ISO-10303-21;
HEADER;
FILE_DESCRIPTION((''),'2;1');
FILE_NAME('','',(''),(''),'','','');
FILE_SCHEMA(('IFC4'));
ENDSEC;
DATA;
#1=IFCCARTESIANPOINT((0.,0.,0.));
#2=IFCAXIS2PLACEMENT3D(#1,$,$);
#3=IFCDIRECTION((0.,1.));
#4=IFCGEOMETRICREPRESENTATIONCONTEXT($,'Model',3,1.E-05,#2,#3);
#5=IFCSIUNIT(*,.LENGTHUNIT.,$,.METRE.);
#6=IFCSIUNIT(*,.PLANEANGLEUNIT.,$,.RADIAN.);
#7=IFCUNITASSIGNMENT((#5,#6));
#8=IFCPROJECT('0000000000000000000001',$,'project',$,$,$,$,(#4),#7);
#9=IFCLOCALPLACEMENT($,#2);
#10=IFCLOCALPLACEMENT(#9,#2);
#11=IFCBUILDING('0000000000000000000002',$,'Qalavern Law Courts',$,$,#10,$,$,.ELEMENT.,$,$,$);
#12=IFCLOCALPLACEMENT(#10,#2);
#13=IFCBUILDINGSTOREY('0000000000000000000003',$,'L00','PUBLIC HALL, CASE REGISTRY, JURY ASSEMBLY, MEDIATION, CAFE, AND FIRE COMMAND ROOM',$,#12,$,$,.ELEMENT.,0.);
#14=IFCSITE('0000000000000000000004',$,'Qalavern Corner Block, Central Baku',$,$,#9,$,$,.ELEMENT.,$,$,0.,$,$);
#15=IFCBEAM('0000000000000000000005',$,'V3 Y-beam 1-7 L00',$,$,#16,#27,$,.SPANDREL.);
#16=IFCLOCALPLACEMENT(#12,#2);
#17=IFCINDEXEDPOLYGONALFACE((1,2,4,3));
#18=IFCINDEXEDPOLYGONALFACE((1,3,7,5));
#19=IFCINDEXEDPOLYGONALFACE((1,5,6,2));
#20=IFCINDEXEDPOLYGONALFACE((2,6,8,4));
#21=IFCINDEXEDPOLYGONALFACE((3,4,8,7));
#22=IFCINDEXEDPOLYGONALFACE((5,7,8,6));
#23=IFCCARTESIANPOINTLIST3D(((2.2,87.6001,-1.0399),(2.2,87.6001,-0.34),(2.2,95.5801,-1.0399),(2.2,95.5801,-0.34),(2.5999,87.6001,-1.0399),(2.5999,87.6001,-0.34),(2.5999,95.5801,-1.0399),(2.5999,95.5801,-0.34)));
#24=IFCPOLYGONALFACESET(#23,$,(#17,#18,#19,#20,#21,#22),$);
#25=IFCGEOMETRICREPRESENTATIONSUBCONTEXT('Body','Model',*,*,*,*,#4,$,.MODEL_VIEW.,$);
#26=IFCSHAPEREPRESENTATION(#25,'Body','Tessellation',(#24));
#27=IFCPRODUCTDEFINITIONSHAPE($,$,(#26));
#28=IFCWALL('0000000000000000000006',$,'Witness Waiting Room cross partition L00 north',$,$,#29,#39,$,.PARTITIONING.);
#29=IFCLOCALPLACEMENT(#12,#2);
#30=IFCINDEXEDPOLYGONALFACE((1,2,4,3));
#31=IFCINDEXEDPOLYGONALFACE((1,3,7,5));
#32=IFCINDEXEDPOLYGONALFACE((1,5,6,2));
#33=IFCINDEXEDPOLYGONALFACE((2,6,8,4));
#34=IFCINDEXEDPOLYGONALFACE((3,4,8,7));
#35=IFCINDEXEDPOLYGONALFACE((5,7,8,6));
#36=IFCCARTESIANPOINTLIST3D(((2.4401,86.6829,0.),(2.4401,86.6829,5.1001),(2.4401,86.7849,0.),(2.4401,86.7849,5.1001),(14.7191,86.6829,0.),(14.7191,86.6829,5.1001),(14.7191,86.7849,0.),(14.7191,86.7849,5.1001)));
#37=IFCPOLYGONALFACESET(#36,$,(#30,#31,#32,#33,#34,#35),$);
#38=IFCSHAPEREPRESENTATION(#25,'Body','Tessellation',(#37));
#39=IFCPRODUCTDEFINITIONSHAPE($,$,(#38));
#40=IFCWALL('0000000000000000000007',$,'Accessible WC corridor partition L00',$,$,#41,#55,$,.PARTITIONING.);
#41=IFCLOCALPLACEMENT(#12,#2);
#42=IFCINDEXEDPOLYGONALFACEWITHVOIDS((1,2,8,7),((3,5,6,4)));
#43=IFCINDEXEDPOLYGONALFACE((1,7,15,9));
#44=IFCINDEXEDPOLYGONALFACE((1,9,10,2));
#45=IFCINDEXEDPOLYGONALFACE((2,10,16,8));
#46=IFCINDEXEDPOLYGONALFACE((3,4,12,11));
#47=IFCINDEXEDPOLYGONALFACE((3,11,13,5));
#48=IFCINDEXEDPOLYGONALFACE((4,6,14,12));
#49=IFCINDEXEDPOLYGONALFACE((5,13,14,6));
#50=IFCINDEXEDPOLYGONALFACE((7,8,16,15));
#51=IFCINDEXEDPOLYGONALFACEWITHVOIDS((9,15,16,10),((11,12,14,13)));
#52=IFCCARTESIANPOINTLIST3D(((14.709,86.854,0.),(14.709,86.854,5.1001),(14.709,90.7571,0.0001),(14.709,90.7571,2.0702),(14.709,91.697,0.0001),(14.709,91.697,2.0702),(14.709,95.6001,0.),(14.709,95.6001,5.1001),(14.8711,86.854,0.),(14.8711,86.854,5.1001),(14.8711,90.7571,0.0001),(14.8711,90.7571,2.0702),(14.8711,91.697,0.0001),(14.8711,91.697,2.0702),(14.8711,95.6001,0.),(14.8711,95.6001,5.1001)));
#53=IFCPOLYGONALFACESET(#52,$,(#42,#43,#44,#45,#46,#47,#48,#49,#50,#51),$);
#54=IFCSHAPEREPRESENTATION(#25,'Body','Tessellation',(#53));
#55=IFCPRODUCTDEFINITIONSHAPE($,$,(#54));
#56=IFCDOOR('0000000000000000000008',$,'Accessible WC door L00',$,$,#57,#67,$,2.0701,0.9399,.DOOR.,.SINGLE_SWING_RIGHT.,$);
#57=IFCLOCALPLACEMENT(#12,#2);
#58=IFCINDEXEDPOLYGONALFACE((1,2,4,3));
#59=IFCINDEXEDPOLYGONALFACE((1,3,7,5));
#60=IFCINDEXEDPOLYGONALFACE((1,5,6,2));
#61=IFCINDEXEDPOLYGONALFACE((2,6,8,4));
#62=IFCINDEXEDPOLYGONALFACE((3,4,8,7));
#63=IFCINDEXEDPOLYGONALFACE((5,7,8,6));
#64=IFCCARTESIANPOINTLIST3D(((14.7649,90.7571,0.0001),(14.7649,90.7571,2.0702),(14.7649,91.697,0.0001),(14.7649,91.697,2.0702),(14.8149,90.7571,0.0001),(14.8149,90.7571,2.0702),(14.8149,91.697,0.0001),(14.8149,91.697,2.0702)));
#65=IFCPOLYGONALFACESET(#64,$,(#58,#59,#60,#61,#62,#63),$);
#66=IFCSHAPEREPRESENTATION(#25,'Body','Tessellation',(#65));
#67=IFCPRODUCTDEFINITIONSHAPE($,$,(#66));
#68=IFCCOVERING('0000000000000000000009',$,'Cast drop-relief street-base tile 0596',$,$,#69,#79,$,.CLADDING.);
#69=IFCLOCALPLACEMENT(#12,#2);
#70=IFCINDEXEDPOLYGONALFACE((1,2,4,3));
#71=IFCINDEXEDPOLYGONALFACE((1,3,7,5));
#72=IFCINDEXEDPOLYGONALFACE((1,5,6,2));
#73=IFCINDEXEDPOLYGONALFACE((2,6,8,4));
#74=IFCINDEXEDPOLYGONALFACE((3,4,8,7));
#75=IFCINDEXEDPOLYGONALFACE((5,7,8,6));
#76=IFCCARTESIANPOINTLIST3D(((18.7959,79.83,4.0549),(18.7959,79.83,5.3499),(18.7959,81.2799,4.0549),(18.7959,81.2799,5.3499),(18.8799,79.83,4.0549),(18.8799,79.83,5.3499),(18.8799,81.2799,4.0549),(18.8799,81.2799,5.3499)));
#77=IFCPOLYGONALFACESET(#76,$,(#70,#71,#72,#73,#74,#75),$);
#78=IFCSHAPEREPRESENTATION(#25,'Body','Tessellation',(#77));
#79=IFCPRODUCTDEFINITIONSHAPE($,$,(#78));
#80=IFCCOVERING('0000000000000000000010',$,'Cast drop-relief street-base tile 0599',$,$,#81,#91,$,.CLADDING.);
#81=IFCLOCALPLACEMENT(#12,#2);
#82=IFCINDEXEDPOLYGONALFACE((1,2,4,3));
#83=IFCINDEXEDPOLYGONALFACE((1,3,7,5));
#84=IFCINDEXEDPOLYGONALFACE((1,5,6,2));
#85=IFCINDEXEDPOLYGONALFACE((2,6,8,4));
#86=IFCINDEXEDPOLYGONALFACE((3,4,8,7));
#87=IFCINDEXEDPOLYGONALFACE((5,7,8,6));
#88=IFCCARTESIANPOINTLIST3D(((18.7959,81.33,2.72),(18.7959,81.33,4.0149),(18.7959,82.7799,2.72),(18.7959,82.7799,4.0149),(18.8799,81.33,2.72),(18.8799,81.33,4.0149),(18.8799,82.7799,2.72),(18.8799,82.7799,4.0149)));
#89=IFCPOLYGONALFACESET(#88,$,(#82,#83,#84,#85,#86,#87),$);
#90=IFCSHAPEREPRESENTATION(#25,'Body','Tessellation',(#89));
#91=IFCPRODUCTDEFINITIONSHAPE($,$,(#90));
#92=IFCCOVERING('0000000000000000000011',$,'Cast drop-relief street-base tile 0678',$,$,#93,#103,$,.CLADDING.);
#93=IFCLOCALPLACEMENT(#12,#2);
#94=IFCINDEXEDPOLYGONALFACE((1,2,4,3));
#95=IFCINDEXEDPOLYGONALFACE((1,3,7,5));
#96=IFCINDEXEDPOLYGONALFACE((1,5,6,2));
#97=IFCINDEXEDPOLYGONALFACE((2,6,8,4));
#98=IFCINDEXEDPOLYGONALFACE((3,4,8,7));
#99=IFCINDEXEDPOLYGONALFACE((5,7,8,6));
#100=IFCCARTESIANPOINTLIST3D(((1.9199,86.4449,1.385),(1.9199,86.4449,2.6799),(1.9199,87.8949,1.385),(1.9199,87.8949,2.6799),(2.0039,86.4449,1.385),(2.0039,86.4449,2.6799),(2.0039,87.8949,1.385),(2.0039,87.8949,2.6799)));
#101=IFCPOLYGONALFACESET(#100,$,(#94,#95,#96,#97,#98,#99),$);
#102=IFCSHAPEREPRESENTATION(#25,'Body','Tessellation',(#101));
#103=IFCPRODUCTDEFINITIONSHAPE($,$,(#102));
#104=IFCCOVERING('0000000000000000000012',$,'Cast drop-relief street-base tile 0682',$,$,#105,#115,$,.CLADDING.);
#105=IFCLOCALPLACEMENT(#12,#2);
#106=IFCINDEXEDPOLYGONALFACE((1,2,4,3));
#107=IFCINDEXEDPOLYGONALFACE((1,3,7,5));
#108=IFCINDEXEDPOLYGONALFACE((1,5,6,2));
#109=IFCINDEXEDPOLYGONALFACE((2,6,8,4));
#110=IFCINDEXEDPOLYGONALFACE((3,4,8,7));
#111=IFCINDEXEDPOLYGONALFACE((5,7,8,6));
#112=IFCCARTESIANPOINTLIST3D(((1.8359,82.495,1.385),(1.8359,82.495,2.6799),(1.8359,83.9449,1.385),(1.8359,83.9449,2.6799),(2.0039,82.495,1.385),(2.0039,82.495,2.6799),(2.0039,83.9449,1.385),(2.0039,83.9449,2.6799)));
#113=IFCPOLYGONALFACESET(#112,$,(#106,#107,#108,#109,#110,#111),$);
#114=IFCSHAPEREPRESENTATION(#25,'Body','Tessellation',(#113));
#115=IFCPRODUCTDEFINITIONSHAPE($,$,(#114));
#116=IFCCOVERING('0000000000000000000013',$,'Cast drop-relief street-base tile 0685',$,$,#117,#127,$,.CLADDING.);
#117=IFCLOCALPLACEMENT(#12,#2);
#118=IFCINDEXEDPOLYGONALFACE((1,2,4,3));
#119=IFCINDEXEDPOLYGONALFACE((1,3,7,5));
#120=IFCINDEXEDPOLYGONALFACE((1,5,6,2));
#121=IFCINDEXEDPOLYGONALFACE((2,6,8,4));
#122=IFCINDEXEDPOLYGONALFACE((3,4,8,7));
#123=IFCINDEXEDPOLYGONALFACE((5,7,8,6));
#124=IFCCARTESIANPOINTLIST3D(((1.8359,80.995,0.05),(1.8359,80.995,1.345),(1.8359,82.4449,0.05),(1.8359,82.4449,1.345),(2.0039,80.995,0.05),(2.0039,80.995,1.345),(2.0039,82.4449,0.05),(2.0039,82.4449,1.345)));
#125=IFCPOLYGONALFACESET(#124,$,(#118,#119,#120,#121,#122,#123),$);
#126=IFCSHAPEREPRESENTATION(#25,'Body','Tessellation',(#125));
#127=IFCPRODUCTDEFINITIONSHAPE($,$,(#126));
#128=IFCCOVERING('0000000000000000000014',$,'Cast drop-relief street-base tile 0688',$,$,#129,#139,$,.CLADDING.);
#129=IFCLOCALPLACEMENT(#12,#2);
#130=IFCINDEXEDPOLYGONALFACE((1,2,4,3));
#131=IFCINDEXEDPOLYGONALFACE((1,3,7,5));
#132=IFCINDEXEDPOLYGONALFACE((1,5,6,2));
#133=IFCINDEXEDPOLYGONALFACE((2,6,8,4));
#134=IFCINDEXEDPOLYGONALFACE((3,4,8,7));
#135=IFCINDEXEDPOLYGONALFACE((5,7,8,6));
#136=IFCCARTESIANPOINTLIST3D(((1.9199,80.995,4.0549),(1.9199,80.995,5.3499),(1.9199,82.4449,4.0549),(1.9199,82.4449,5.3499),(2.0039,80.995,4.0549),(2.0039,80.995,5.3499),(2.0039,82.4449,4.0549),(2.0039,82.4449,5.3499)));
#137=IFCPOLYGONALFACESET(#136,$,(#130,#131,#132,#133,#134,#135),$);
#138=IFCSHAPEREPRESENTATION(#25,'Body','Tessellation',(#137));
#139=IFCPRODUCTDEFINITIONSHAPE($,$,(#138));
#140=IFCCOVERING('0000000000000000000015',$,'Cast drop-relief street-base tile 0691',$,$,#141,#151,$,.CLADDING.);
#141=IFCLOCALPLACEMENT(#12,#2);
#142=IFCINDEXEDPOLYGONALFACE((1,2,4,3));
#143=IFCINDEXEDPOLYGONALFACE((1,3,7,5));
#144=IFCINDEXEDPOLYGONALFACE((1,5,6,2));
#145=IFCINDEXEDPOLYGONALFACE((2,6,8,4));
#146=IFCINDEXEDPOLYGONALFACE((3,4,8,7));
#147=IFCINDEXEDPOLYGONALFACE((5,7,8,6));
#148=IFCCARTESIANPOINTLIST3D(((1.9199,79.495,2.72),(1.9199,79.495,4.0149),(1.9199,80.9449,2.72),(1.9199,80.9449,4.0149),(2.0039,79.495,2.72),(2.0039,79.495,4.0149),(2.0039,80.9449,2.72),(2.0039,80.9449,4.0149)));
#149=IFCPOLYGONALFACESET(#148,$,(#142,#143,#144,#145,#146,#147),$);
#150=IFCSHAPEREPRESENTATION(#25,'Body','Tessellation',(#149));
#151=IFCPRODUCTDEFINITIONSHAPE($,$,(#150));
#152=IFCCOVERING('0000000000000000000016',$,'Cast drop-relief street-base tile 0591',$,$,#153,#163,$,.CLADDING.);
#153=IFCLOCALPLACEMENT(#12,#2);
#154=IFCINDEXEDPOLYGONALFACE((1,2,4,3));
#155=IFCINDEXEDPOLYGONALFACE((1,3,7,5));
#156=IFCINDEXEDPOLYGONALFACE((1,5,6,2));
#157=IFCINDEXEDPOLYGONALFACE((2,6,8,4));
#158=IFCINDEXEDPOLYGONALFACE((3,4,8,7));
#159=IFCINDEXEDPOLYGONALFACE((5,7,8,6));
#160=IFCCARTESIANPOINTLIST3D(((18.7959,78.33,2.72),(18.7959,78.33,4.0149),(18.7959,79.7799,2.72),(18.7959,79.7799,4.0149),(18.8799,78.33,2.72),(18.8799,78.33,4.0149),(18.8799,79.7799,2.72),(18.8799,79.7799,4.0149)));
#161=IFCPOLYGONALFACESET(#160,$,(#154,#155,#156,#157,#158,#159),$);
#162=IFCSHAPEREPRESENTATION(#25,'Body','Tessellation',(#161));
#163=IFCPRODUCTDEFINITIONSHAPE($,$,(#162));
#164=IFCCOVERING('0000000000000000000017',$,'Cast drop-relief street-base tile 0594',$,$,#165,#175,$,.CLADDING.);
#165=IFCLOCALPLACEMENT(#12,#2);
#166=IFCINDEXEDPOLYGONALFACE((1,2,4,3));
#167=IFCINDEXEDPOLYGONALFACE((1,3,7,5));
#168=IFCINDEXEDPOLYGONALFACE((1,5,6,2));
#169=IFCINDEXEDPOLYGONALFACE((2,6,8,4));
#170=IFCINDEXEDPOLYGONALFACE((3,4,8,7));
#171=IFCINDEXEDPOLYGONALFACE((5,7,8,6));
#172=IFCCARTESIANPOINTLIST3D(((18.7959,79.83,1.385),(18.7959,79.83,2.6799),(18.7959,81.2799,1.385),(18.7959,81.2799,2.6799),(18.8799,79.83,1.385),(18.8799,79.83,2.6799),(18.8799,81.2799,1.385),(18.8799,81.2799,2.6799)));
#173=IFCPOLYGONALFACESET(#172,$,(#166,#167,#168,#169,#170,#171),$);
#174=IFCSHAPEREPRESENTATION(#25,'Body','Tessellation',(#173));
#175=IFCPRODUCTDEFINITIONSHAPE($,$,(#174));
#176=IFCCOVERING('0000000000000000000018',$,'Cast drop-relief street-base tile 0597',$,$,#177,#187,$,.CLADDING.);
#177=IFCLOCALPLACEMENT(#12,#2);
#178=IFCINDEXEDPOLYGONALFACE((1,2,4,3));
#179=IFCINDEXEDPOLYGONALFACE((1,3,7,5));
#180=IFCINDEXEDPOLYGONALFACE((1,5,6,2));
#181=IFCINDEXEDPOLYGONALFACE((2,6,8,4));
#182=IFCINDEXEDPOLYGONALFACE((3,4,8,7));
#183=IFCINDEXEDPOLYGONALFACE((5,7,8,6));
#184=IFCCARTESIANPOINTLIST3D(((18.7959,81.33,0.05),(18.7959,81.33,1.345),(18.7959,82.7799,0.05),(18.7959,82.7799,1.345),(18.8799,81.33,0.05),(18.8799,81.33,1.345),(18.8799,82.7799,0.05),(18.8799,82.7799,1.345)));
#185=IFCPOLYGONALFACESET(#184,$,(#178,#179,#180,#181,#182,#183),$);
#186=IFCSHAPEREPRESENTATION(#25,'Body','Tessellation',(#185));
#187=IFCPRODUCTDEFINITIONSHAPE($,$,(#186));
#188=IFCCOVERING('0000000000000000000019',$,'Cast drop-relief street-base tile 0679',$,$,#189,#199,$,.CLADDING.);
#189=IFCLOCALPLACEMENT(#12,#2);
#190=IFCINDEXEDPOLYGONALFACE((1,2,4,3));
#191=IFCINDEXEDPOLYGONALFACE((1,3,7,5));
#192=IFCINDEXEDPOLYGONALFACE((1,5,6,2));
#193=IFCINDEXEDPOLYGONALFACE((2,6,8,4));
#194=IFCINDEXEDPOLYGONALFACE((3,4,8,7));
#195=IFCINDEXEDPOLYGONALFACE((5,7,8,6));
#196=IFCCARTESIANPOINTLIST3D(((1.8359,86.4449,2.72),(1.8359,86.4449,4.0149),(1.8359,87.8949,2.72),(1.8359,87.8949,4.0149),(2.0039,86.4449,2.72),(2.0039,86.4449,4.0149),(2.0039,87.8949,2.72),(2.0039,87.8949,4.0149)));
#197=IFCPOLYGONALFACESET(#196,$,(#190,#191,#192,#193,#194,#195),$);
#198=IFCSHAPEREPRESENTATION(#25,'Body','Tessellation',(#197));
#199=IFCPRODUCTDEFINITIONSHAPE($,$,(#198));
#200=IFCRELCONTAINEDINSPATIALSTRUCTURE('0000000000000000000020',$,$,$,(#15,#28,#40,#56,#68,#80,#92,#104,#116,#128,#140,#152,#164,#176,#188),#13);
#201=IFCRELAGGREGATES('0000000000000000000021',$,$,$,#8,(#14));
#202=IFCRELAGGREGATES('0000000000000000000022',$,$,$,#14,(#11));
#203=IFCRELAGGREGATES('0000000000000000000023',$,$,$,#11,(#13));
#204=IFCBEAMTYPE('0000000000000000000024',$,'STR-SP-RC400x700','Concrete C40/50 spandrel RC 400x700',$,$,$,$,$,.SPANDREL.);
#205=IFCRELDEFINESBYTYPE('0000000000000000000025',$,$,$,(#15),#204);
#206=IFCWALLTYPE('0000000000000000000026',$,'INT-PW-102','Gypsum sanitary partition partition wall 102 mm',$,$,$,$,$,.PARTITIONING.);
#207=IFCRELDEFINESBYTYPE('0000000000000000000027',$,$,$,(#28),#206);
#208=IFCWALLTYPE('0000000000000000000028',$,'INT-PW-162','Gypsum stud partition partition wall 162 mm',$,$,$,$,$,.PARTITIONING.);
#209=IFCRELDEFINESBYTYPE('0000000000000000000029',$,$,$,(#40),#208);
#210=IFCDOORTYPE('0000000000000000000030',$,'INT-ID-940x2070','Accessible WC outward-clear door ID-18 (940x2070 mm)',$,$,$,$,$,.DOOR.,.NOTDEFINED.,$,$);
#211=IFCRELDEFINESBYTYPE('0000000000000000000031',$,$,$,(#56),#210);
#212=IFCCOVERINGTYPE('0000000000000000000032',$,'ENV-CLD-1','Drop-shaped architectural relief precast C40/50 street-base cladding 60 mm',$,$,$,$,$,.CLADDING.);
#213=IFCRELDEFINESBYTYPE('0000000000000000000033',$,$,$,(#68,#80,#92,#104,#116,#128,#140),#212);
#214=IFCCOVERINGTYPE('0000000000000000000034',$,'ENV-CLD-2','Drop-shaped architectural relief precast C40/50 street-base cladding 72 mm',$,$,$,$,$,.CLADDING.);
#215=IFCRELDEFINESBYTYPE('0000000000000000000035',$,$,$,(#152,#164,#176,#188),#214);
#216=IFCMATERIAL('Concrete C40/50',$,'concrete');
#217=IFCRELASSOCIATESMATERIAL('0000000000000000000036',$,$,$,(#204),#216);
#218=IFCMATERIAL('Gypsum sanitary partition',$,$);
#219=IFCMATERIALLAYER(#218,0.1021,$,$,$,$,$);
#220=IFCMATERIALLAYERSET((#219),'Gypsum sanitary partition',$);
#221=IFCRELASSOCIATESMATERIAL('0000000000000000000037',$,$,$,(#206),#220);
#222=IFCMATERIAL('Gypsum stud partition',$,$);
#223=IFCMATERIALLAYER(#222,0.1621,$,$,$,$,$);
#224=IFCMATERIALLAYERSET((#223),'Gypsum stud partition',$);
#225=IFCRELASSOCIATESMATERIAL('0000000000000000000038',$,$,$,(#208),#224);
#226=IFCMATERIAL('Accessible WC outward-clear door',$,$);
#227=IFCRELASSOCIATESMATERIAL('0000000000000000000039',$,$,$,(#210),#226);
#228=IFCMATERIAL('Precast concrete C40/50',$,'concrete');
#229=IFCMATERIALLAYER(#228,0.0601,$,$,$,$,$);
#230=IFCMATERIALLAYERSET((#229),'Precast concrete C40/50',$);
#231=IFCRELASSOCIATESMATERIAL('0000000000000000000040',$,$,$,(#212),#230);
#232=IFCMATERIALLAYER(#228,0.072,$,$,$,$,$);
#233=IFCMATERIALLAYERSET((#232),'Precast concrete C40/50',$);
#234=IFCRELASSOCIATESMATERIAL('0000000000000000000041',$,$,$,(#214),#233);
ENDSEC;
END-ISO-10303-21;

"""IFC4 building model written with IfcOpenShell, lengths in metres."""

from ifc_helpers import new_model, si_unit, direction, frame, frame_2d, origin, origin_2d, place, context, subcontext, project, spatial, rectangle, extrude, material, layer, layer_set, material_profile, profile_set, type_object, element, fill, save


model = new_model("IFC4")

# Units and contexts
model_context = context("Model", 3, precision=1e-05, world=origin(), true_north=direction((0.0, 1.0)))
body_context = subcontext(model_context, "Body", "Model", "MODEL_VIEW")
ifc_project = project(units=[si_unit("LENGTHUNIT", "METRE"), si_unit("PLANEANGLEUNIT", "RADIAN")], contexts=[model_context])

# Site, building, storey
site_placement = place(None, origin())
site = spatial("IfcSite", under=ifc_project, at=site_placement, Name="Qalavern Corner Block, Central Baku", CompositionType="ELEMENT", RefElevation=0.0)
building_placement = place(site_placement, origin())
building = spatial("IfcBuilding", under=site, at=building_placement, Name="Qalavern Law Courts", CompositionType="ELEMENT")
storey_placement = place(building_placement, origin())
storey = spatial("IfcBuildingStorey", under=building, at=storey_placement, Name="L00", Description="PUBLIC HALL, CASE REGISTRY, JURY ASSEMBLY, MEDIATION, CAFE, AND FIRE COMMAND ROOM", CompositionType="ELEMENT", Elevation=0.0)

# Beam
ifc_material_1 = material(Name="Concrete C40/50", Category="concrete")
ifc_material_profile_1 = material_profile(ifc_material_1, rectangle(XDim=0.3999, YDim=0.7, at=origin_2d()), Name="RC 400x700")
ifc_profile_set_1 = profile_set([ifc_material_profile_1], Name="Concrete C40/50")
beam_type_1 = type_object("IfcBeamType", Name="STR-SP-RC400x700", Description="Concrete C40/50 spandrel RC 400x700", PredefinedType="SPANDREL", material=ifc_profile_set_1)
beam_1_placement = place(storey_placement, frame((2.3999, 87.6001, -0.6899), z_axis=(0.0, 1.0, 0.0), x_axis=(-1.0, 0.0, 0.0)))
element("IfcBeam", 1, at=beam_1_placement, inside=storey, type_object=beam_type_1, Name="V3 Y-beam 1-7 L00", PredefinedType="SPANDREL", context=body_context, shape_type="SweptSolid", body=[
    extrude(rectangle(XDim=0.3999, YDim=0.7, at=origin_2d()), origin(), (0.0, 0.0, 1.0), 7.98),
])

# Wall
ifc_material_2 = material(Name="Gypsum sanitary partition")
ifc_layer_1 = layer(ifc_material_2, 0.1021)
ifc_layer_set_1 = layer_set([ifc_layer_1], Name="Gypsum sanitary partition")
wall_type_1 = type_object("IfcWallType", Name="INT-PW-102", Description="Gypsum sanitary partition partition wall 102 mm", PredefinedType="PARTITIONING", material=ifc_layer_set_1)
wall_1_placement = place(storey_placement, frame((2.4399, 86.7339, 0.0), z_axis=(0.0, 0.0, 1.0), x_axis=(1.0, 0.0, 0.0)))
element("IfcWall", 2, at=wall_1_placement, inside=storey, type_object=wall_type_1, Name="Witness Waiting Room cross partition L00 north", PredefinedType="PARTITIONING", context=body_context, shape_type="SweptSolid", body=[
    extrude(rectangle(XDim=12.2791, YDim=0.1021, at=frame_2d((6.1396, 0.0))), origin(), (0.0, 0.0, 1.0), 5.1001),
])

# Wall, opening, door
ifc_material_3 = material(Name="Gypsum stud partition")
ifc_layer_2 = layer(ifc_material_3, 0.1621)
ifc_layer_set_2 = layer_set([ifc_layer_2], Name="Gypsum stud partition")
wall_type_2 = type_object("IfcWallType", Name="INT-PW-162", Description="Gypsum stud partition partition wall 162 mm", PredefinedType="PARTITIONING", material=ifc_layer_set_2)
wall_2_placement = place(storey_placement, frame((14.79, 86.854, 0.0), z_axis=(0.0, 0.0, 1.0), x_axis=(0.0, 1.0, 0.0)))
wall_2 = element("IfcWall", 3, at=wall_2_placement, inside=storey, type_object=wall_type_2, Name="Accessible WC corridor partition L00", PredefinedType="PARTITIONING", context=body_context, shape_type="SweptSolid", body=[
    extrude(rectangle(XDim=8.7461, YDim=0.1621, at=frame_2d((4.373, 0.0))), origin(), (0.0, 0.0, 1.0), 5.1001),
])
opening_placement = place(wall_2_placement, frame((3.9031, 0.0, 0.0)))
opening = element("IfcOpeningElement", 4, at=opening_placement, cuts=wall_2, PredefinedType="OPENING", context=body_context, shape_type="SweptSolid", body=[
    extrude(rectangle(XDim=0.9399, YDim=2.0701, at=frame_2d((0.47, 1.0352))), frame((0.0, 0.0959, 0.0), z_axis=(0.0, -1.0, 0.0), x_axis=(1.0, 0.0, 0.0)), (0.0, 0.0, 1.0), 0.1919),
])
ifc_material_4 = material(Name="Accessible WC outward-clear door")
door_type = type_object("IfcDoorType", Name="INT-ID-940x2070", Description="Accessible WC outward-clear door ID-18 (940x2070 mm)", OperationType="NOTDEFINED", PredefinedType="DOOR", material=ifc_material_4)
door_placement = place(opening_placement, frame((0.9399, 0.0, 0.0), z_axis=(0.0, 0.0, 1.0), x_axis=(-1.0, 0.0, 0.0)))
door = element("IfcDoor", 5, at=door_placement, inside=storey, type_object=door_type, Name="Accessible WC door L00", OperationType="SINGLE_SWING_RIGHT", OverallHeight=2.0701, OverallWidth=0.9399, PredefinedType="DOOR", context=body_context, shape_type="SweptSolid", body=[
    extrude(rectangle(XDim=0.9399, YDim=2.0701, at=frame_2d((0.47, 1.0352))), frame((0.0, 0.0249, 0.0), z_axis=(0.0, -1.0, 0.0), x_axis=(1.0, 0.0, 0.0)), (0.0, 0.0, 1.0), 0.05),
])
fill(opening, door)

# Coverings
ifc_material_5 = material(Name="Precast concrete C40/50", Category="concrete")
ifc_layer_3 = layer(ifc_material_5, 0.0601)
ifc_layer_set_3 = layer_set([ifc_layer_3], Name="Precast concrete C40/50")
covering_type_1 = type_object("IfcCoveringType", Name="ENV-CLD-1", Description="Drop-shaped architectural relief precast C40/50 street-base cladding 60 mm", PredefinedType="CLADDING", material=ifc_layer_set_3)
for number, where, z_axis, x_axis, name in (
    (6, (18.8379, 80.5549, 4.0549), (0.0, 0.0, 1.0), (0.0, 1.0, 0.0), "Cast drop-relief street-base tile 0596"),
    (7, (18.8379, 82.0549, 2.72), (0.0, 0.0, 1.0), (0.0, 1.0, 0.0), "Cast drop-relief street-base tile 0599"),
    (8, (1.9619, 87.1699, 1.385), (0.0, 0.0, 1.0), (0.0, -1.0, 0.0), "Cast drop-relief street-base tile 0678"),
):
    element("IfcCovering", number, at=place(storey_placement, frame(where, z_axis=z_axis, x_axis=x_axis)), inside=storey, type_object=covering_type_1, Name=name, PredefinedType="CLADDING", context=body_context, shape_type="SweptSolid", body=[
        extrude(rectangle(XDim=1.45, YDim=0.084, at=origin_2d()), origin(), (0.0, 0.0, 1.0), 1.2949),
    ])
for number, where, z_axis, x_axis, name in (
    (9, (1.9199, 83.22, 1.385), (0.0, 0.0, 1.0), (0.0, -1.0, 0.0), "Cast drop-relief street-base tile 0682"),
    (10, (1.9199, 81.72, 0.05), (0.0, 0.0, 1.0), (0.0, -1.0, 0.0), "Cast drop-relief street-base tile 0685"),
):
    element("IfcCovering", number, at=place(storey_placement, frame(where, z_axis=z_axis, x_axis=x_axis)), inside=storey, type_object=covering_type_1, Name=name, PredefinedType="CLADDING", context=body_context, shape_type="SweptSolid", body=[
        extrude(rectangle(XDim=1.45, YDim=0.168, at=origin_2d()), origin(), (0.0, 0.0, 1.0), 1.2949),
    ])
for number, where, z_axis, x_axis, name in (
    (11, (1.9619, 81.72, 4.0549), (0.0, 0.0, 1.0), (0.0, -1.0, 0.0), "Cast drop-relief street-base tile 0688"),
    (12, (1.9619, 80.22, 2.72), (0.0, 0.0, 1.0), (0.0, -1.0, 0.0), "Cast drop-relief street-base tile 0691"),
):
    element("IfcCovering", number, at=place(storey_placement, frame(where, z_axis=z_axis, x_axis=x_axis)), inside=storey, type_object=covering_type_1, Name=name, PredefinedType="CLADDING", context=body_context, shape_type="SweptSolid", body=[
        extrude(rectangle(XDim=1.45, YDim=0.084, at=origin_2d()), origin(), (0.0, 0.0, 1.0), 1.2949),
    ])
ifc_layer_4 = layer(ifc_material_5, 0.072)
ifc_layer_set_4 = layer_set([ifc_layer_4], Name="Precast concrete C40/50")
covering_type_2 = type_object("IfcCoveringType", Name="ENV-CLD-2", Description="Drop-shaped architectural relief precast C40/50 street-base cladding 72 mm", PredefinedType="CLADDING", material=ifc_layer_set_4)
for number, where, z_axis, x_axis, name in (
    (13, (18.8379, 79.0549, 2.72), (0.0, 0.0, 1.0), (0.0, 1.0, 0.0), "Cast drop-relief street-base tile 0591"),
    (14, (18.8379, 80.5549, 1.385), (0.0, 0.0, 1.0), (0.0, 1.0, 0.0), "Cast drop-relief street-base tile 0594"),
    (15, (18.8379, 82.0549, 0.05), (0.0, 0.0, 1.0), (0.0, 1.0, 0.0), "Cast drop-relief street-base tile 0597"),
):
    element("IfcCovering", number, at=place(storey_placement, frame(where, z_axis=z_axis, x_axis=x_axis)), inside=storey, type_object=covering_type_2, Name=name, PredefinedType="CLADDING", context=body_context, shape_type="SweptSolid", body=[
        extrude(rectangle(XDim=1.45, YDim=0.084, at=origin_2d()), origin(), (0.0, 0.0, 1.0), 1.2949),
    ])
covering_1_placement = place(storey_placement, frame((1.9199, 87.1699, 2.72), z_axis=(0.0, 0.0, 1.0), x_axis=(0.0, -1.0, 0.0)))
element("IfcCovering", 16, at=covering_1_placement, inside=storey, type_object=covering_type_2, Name="Cast drop-relief street-base tile 0679", PredefinedType="CLADDING", context=body_context, shape_type="SweptSolid", body=[
    extrude(rectangle(XDim=1.45, YDim=0.168, at=origin_2d()), origin(), (0.0, 0.0, 1.0), 1.2949),
])

save(model, "model.ifc")
